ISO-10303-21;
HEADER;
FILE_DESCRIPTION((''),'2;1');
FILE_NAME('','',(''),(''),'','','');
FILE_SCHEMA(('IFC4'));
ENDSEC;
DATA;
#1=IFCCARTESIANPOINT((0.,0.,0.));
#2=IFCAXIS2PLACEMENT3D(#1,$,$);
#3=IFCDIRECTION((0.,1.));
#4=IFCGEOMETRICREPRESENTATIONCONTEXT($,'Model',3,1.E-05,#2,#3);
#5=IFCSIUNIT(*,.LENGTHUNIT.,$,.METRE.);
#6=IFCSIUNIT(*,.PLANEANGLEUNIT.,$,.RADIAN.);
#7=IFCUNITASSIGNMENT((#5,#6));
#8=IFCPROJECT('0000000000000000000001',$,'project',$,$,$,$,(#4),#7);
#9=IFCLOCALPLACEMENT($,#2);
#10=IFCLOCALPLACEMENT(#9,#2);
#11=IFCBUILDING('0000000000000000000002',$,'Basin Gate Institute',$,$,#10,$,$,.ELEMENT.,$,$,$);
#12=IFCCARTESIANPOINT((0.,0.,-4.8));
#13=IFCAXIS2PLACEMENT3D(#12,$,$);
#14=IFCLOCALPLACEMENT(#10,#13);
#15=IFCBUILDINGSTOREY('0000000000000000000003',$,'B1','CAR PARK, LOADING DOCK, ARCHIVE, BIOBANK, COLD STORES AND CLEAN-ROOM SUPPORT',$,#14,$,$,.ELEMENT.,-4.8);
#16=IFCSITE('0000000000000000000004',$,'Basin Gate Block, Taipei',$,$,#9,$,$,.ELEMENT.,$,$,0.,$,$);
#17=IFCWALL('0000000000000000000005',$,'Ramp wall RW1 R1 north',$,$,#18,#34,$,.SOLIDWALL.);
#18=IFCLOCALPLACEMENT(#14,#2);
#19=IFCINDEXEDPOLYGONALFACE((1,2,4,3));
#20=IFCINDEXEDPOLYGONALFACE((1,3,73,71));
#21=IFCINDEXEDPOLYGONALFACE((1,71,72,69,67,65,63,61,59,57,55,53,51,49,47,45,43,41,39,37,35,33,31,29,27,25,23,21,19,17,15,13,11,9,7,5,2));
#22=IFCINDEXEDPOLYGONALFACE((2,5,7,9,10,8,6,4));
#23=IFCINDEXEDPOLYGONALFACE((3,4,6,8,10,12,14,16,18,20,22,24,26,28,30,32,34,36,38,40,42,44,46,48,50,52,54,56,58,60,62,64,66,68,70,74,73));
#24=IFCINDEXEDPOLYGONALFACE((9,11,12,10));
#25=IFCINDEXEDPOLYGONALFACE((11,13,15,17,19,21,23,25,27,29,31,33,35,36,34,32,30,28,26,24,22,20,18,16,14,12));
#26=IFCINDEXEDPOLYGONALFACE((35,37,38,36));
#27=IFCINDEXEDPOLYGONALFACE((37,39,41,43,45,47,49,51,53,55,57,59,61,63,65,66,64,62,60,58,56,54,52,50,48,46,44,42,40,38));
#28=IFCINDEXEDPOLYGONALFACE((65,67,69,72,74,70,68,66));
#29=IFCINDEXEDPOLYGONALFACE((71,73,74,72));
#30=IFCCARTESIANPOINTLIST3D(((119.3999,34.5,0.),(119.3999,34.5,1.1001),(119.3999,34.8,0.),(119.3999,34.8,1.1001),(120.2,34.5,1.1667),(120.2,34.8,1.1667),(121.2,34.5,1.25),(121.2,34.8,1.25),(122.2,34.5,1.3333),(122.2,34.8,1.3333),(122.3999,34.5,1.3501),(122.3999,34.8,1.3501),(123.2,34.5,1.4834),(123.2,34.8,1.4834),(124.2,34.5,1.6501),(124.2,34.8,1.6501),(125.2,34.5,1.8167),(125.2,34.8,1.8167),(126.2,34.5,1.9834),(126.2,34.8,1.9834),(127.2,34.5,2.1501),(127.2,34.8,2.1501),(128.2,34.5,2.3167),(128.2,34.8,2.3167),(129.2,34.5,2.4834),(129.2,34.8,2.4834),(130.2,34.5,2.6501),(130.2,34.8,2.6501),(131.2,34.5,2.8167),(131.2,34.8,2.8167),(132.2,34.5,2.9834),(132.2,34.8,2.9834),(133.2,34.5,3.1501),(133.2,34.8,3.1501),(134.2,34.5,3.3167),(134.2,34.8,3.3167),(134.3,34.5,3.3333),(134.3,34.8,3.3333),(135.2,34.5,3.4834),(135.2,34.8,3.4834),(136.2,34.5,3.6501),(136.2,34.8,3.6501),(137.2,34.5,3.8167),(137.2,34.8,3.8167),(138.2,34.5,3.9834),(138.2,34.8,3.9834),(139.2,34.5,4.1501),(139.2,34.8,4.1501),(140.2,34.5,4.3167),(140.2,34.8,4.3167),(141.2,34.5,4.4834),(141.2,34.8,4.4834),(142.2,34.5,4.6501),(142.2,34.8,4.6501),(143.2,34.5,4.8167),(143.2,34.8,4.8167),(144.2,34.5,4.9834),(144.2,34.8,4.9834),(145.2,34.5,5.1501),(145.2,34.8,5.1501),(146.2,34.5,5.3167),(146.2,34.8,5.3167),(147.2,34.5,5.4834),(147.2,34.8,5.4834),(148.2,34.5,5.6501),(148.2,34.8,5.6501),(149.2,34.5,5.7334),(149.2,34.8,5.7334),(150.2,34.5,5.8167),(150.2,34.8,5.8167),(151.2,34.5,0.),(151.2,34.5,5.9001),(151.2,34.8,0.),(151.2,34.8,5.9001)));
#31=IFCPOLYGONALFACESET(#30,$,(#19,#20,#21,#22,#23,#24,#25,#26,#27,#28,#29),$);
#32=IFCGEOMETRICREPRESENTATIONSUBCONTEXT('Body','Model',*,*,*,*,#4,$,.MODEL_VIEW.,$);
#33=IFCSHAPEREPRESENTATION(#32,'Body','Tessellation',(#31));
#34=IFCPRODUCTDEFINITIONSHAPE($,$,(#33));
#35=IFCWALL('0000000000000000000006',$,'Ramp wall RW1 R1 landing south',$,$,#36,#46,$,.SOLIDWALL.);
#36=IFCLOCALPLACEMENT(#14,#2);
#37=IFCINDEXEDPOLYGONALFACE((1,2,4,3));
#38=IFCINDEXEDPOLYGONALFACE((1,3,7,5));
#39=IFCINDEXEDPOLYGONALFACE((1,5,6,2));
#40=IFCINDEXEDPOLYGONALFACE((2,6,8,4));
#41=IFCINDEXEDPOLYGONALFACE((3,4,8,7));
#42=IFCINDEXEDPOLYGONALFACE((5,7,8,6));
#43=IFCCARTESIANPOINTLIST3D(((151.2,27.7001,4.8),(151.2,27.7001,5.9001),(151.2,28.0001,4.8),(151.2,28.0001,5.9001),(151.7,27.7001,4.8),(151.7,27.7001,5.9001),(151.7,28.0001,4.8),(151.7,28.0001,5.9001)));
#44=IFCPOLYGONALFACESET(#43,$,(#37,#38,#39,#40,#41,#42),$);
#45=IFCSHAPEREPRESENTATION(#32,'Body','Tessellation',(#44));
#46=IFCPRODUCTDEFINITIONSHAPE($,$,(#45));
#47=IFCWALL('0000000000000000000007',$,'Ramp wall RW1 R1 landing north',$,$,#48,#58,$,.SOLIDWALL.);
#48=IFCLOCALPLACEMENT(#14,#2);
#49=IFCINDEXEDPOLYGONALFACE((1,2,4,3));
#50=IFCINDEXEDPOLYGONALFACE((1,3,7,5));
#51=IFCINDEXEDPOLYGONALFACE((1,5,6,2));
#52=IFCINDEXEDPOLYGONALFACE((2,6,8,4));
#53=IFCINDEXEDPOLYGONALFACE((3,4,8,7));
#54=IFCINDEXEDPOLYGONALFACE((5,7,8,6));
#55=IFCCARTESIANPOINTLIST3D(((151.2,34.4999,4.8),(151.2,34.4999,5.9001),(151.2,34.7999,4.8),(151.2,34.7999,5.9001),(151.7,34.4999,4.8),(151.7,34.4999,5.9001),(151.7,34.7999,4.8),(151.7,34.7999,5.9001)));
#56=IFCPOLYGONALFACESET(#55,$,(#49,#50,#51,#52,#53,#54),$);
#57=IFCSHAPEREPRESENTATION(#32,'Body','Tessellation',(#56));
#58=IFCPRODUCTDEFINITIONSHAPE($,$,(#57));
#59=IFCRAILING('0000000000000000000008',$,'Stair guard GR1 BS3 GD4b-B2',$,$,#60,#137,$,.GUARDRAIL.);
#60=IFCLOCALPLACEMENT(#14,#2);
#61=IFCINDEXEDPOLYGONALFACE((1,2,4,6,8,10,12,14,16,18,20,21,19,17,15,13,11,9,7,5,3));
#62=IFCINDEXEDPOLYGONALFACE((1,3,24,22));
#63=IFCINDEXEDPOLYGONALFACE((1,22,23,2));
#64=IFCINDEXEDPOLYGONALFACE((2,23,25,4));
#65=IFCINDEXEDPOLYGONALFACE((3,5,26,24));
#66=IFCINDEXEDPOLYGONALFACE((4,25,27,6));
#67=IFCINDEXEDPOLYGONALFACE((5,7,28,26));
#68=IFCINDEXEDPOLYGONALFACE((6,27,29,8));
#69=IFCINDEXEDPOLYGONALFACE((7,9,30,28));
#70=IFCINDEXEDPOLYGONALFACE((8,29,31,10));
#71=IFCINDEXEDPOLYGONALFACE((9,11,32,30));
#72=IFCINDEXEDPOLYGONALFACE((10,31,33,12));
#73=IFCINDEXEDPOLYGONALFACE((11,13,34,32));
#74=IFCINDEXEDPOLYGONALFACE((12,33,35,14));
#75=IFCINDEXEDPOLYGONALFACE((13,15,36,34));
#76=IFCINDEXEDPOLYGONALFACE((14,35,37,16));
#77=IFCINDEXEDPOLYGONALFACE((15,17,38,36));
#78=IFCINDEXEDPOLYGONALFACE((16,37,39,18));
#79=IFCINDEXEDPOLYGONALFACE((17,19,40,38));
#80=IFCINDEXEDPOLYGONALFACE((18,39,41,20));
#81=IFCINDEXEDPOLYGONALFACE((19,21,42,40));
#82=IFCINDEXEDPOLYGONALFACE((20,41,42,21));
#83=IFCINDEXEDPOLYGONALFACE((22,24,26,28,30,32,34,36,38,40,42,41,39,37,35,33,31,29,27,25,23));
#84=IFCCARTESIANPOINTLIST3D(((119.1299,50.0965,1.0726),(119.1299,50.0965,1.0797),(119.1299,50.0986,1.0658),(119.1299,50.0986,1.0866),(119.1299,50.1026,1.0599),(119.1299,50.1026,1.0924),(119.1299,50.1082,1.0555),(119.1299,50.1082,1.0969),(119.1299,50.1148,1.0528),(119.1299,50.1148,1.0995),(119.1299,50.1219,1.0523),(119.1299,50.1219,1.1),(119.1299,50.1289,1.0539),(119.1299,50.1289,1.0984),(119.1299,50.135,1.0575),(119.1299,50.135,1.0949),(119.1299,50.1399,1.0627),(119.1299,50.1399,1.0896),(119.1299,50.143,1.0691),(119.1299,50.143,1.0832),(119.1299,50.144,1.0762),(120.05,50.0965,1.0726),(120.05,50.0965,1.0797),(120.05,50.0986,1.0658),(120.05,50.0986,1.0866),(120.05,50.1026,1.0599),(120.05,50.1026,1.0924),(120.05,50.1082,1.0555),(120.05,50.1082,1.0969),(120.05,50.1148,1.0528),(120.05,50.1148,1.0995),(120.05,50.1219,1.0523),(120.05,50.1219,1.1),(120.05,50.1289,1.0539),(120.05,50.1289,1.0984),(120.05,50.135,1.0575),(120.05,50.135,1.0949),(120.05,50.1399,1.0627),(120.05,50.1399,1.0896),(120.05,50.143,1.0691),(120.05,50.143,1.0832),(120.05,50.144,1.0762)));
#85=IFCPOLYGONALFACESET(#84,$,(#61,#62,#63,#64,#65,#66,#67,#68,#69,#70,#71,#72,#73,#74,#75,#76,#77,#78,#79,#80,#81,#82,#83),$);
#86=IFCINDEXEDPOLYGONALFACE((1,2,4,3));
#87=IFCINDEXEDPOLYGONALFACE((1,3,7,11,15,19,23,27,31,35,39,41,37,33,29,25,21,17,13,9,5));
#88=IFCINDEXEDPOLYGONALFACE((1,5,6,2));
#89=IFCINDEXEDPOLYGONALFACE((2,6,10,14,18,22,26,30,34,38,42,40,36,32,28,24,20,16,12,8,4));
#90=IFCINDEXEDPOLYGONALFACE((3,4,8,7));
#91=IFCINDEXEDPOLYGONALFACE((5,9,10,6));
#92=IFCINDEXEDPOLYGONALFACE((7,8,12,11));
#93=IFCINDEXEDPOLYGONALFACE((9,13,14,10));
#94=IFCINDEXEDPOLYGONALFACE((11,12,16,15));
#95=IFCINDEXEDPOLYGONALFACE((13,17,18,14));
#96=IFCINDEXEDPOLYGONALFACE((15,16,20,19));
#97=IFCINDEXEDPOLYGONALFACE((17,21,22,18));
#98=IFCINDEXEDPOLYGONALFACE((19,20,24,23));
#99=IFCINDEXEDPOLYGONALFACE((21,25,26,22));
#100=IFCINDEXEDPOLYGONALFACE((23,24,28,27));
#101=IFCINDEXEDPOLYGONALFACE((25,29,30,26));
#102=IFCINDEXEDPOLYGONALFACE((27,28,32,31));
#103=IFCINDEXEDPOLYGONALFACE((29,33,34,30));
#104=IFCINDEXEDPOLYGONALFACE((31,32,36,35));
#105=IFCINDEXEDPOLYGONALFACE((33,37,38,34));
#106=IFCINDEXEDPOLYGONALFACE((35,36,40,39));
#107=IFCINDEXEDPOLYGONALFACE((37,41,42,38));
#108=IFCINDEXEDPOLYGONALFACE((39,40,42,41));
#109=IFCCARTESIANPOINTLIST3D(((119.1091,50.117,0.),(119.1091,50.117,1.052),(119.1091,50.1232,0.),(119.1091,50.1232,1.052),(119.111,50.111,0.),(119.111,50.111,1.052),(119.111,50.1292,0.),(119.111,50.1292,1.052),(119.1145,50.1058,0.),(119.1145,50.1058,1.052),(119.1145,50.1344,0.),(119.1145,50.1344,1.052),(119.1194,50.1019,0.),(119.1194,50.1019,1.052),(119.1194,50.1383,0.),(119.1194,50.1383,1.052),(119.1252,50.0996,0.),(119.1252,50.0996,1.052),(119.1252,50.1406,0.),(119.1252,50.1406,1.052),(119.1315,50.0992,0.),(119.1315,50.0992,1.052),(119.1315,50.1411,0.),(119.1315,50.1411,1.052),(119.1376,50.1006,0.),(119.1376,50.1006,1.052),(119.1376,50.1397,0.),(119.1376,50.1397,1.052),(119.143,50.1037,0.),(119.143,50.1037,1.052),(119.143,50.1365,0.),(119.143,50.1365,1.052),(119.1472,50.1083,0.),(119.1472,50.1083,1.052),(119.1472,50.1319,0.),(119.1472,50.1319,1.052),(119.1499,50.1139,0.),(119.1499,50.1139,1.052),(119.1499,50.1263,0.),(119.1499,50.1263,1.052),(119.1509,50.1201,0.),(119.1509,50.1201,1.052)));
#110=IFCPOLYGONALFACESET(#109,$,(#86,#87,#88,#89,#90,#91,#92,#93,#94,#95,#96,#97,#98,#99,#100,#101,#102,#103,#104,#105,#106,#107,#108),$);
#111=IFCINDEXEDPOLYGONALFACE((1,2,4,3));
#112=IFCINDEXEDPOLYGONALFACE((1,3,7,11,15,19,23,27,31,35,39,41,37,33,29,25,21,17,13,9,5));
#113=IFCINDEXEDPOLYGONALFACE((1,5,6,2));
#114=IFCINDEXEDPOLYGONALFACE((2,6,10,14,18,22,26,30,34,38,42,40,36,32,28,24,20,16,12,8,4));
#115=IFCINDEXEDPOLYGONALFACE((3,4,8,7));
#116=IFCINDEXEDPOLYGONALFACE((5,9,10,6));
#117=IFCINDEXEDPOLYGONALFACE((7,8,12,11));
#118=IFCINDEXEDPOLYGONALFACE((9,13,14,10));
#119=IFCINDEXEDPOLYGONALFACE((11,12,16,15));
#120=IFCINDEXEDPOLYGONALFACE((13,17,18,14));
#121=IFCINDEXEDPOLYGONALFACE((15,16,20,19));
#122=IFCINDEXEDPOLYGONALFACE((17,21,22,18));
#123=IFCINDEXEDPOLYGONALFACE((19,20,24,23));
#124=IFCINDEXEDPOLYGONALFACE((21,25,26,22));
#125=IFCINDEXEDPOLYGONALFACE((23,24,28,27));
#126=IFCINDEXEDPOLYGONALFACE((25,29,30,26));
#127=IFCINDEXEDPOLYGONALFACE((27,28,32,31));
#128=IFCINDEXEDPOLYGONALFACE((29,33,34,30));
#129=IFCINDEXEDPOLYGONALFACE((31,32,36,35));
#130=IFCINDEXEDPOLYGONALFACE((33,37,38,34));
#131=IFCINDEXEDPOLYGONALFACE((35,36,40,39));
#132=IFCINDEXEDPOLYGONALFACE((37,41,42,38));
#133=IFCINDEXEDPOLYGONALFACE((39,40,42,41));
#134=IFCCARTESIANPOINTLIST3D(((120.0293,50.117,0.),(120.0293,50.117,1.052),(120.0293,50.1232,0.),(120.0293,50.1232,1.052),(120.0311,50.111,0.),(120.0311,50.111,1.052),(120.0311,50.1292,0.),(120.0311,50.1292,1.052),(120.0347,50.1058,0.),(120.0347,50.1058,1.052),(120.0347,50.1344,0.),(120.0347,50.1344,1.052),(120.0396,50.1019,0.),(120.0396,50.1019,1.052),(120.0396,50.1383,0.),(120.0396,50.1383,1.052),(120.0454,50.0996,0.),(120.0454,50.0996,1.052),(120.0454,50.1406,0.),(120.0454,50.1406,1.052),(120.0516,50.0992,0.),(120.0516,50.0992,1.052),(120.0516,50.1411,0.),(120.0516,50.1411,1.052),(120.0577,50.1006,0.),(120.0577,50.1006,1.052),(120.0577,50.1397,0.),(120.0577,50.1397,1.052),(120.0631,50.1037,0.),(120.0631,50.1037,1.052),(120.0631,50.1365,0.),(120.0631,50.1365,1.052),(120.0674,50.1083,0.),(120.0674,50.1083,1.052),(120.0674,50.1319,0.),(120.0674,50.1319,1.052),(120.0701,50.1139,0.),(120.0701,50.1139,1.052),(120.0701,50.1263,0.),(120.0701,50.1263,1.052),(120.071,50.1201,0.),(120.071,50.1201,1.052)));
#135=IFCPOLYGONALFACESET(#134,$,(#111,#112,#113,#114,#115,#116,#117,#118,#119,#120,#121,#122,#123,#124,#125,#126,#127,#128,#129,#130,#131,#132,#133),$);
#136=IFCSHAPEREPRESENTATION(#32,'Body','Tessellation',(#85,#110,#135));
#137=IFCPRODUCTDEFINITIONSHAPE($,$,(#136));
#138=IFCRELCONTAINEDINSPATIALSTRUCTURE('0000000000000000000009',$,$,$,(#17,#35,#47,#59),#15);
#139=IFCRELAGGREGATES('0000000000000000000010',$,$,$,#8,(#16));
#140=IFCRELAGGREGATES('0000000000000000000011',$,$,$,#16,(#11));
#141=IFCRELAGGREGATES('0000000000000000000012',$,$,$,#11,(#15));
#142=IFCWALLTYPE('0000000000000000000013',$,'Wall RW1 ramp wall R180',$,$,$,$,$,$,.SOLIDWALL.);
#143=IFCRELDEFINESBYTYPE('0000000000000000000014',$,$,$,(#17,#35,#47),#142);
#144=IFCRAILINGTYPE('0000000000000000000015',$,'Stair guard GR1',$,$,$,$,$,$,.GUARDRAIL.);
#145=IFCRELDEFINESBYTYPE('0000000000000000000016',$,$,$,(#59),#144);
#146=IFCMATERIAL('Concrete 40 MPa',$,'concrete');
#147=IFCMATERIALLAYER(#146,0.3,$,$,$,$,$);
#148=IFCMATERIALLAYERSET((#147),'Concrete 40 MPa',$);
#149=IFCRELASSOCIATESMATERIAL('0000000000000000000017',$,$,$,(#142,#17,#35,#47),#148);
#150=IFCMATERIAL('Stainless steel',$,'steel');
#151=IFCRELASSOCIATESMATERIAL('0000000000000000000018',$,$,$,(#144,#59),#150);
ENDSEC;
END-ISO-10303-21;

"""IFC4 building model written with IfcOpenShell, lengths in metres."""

from ifc_helpers import new_model, si_unit, direction, frame, frame_2d, origin, origin_2d, place, context, subcontext, project, spatial, polyline, rectangle, circle, outline, extrude, material, layer, layer_set, type_object, element, save


model = new_model("IFC4")

# Units and contexts
model_context = context("Model", 3, precision=1e-05, world=origin(), true_north=direction((0.0, 1.0)))
body_context = subcontext(model_context, "Body", "Model", "MODEL_VIEW")
ifc_project = project(units=[si_unit("LENGTHUNIT", "METRE"), si_unit("PLANEANGLEUNIT", "RADIAN")], contexts=[model_context])

# Site, building, storey
site_placement = place(None, origin())
site = spatial("IfcSite", under=ifc_project, at=site_placement, Name="Basin Gate Block, Taipei", CompositionType="ELEMENT", RefElevation=0.0)
building_placement = place(site_placement, origin())
building = spatial("IfcBuilding", under=site, at=building_placement, Name="Basin Gate Institute", CompositionType="ELEMENT")
storey_placement = place(building_placement, frame((0.0, 0.0, -4.8)))
storey = spatial("IfcBuildingStorey", under=building, at=storey_placement, Name="B1", Description="CAR PARK, LOADING DOCK, ARCHIVE, BIOBANK, COLD STORES AND CLEAN-ROOM SUPPORT", CompositionType="ELEMENT", Elevation=-4.8)

# Walls
ifc_material_1 = material(Name="Concrete 40 MPa", Category="concrete")
ifc_layer_1 = layer(ifc_material_1, 0.3)
ifc_layer_set_1 = layer_set([ifc_layer_1], Name="Concrete 40 MPa")
wall_type_1 = type_object("IfcWallType", Name="Wall RW1 ramp wall R180", PredefinedType="SOLIDWALL", material=ifc_layer_set_1)
for number, where, z_axis, x_axis, name in (
    (1, (151.2, 34.6499, 0.0), (0.0, 0.0, 1.0), (-1.0, 0.0, 0.0), "Ramp wall RW1 R1 north"),
):
    element("IfcWall", number, at=place(storey_placement, frame(where, z_axis=z_axis, x_axis=x_axis)), inside=storey, type_object=wall_type_1, material=ifc_layer_set_1, Name=name, PredefinedType="SOLIDWALL", context=body_context, shape_type="SweptSolid", body=[
        extrude(outline(polyline([(0.0, 0.0), (31.8, 0.0), (31.8, 1.1001), (31.0, 1.1667), (30.0, 1.25), (29.0, 1.3333), (28.8, 1.3501), (28.0, 1.4834), (27.0, 1.6501), (26.0, 1.8167), (25.0, 1.9834), (24.0, 2.1501), (23.0, 2.3167), (22.0, 2.4834), (21.0, 2.6501), (20.0, 2.8167), (19.0, 2.9834), (18.0, 3.1501), (17.0, 3.3167), (16.8999, 3.3333), (16.0, 3.4834), (15.0, 3.6501), (14.0, 3.8167), (13.0, 3.9834), (12.0, 4.1501), (11.0, 4.3167), (10.0, 4.4834), (9.0, 4.6501), (8.0, 4.8167), (7.0, 4.9834), (6.0, 5.1501), (5.0, 5.3167), (4.0, 5.4834), (3.0, 5.6501), (2.0, 5.7334), (1.0, 5.8167), (0.0, 5.9001), (0.0, 0.0)])), frame((0.0, 0.1499, 0.0), z_axis=(0.0, -1.0, 0.0), x_axis=(1.0, 0.0, 0.0)), (0.0, 0.0, 1.0), 0.3),
    ])
for number, where, z_axis, x_axis, name in (
    (2, (151.2, 27.8501, 4.8), (0.0, 0.0, 1.0), (1.0, 0.0, 0.0), "Ramp wall RW1 R1 landing south"),
    (3, (151.2, 34.6499, 4.8), (0.0, 0.0, 1.0), (1.0, 0.0, 0.0), "Ramp wall RW1 R1 landing north"),
):
    element("IfcWall", number, at=place(storey_placement, frame(where, z_axis=z_axis, x_axis=x_axis)), inside=storey, type_object=wall_type_1, material=ifc_layer_set_1, Name=name, PredefinedType="SOLIDWALL", context=body_context, shape_type="SweptSolid", body=[
        extrude(rectangle(XDim=0.5, YDim=0.3, at=frame_2d((0.25, 0.0))), origin(), (0.0, 0.0, 1.0), 1.1001),
    ])

# Railing
ifc_material_2 = material(Name="Stainless steel", Category="steel")
railing_type_1 = type_object("IfcRailingType", Name="Stair guard GR1", PredefinedType="GUARDRAIL", material=ifc_material_2)
railing_1_placement = place(storey_placement, frame((119.1299, 50.1201, 0.0)))
element("IfcRailing", 4, at=railing_1_placement, inside=storey, type_object=railing_type_1, material=ifc_material_2, Name="Stair guard GR1 BS3 GD4b-B2", PredefinedType="GUARDRAIL", context=body_context, shape_type="SweptSolid", body=[
    extrude(circle(Radius=0.0239, at=origin_2d()), frame((0.0, 0.0, 1.0762), z_axis=(1.0, 0.0, 0.0), x_axis=(0.0, 1.0, 0.0)), (0.0, 0.0, 1.0), 0.9202),
    extrude(circle(Radius=0.021, at=origin_2d()), origin(), (0.0, 0.0, 1.0), 1.052),
    extrude(circle(Radius=0.021, at=origin_2d()), frame((0.9202, 0.0, 0.0)), (0.0, 0.0, 1.0), 1.052),
])

save(model, "model.ifc")
